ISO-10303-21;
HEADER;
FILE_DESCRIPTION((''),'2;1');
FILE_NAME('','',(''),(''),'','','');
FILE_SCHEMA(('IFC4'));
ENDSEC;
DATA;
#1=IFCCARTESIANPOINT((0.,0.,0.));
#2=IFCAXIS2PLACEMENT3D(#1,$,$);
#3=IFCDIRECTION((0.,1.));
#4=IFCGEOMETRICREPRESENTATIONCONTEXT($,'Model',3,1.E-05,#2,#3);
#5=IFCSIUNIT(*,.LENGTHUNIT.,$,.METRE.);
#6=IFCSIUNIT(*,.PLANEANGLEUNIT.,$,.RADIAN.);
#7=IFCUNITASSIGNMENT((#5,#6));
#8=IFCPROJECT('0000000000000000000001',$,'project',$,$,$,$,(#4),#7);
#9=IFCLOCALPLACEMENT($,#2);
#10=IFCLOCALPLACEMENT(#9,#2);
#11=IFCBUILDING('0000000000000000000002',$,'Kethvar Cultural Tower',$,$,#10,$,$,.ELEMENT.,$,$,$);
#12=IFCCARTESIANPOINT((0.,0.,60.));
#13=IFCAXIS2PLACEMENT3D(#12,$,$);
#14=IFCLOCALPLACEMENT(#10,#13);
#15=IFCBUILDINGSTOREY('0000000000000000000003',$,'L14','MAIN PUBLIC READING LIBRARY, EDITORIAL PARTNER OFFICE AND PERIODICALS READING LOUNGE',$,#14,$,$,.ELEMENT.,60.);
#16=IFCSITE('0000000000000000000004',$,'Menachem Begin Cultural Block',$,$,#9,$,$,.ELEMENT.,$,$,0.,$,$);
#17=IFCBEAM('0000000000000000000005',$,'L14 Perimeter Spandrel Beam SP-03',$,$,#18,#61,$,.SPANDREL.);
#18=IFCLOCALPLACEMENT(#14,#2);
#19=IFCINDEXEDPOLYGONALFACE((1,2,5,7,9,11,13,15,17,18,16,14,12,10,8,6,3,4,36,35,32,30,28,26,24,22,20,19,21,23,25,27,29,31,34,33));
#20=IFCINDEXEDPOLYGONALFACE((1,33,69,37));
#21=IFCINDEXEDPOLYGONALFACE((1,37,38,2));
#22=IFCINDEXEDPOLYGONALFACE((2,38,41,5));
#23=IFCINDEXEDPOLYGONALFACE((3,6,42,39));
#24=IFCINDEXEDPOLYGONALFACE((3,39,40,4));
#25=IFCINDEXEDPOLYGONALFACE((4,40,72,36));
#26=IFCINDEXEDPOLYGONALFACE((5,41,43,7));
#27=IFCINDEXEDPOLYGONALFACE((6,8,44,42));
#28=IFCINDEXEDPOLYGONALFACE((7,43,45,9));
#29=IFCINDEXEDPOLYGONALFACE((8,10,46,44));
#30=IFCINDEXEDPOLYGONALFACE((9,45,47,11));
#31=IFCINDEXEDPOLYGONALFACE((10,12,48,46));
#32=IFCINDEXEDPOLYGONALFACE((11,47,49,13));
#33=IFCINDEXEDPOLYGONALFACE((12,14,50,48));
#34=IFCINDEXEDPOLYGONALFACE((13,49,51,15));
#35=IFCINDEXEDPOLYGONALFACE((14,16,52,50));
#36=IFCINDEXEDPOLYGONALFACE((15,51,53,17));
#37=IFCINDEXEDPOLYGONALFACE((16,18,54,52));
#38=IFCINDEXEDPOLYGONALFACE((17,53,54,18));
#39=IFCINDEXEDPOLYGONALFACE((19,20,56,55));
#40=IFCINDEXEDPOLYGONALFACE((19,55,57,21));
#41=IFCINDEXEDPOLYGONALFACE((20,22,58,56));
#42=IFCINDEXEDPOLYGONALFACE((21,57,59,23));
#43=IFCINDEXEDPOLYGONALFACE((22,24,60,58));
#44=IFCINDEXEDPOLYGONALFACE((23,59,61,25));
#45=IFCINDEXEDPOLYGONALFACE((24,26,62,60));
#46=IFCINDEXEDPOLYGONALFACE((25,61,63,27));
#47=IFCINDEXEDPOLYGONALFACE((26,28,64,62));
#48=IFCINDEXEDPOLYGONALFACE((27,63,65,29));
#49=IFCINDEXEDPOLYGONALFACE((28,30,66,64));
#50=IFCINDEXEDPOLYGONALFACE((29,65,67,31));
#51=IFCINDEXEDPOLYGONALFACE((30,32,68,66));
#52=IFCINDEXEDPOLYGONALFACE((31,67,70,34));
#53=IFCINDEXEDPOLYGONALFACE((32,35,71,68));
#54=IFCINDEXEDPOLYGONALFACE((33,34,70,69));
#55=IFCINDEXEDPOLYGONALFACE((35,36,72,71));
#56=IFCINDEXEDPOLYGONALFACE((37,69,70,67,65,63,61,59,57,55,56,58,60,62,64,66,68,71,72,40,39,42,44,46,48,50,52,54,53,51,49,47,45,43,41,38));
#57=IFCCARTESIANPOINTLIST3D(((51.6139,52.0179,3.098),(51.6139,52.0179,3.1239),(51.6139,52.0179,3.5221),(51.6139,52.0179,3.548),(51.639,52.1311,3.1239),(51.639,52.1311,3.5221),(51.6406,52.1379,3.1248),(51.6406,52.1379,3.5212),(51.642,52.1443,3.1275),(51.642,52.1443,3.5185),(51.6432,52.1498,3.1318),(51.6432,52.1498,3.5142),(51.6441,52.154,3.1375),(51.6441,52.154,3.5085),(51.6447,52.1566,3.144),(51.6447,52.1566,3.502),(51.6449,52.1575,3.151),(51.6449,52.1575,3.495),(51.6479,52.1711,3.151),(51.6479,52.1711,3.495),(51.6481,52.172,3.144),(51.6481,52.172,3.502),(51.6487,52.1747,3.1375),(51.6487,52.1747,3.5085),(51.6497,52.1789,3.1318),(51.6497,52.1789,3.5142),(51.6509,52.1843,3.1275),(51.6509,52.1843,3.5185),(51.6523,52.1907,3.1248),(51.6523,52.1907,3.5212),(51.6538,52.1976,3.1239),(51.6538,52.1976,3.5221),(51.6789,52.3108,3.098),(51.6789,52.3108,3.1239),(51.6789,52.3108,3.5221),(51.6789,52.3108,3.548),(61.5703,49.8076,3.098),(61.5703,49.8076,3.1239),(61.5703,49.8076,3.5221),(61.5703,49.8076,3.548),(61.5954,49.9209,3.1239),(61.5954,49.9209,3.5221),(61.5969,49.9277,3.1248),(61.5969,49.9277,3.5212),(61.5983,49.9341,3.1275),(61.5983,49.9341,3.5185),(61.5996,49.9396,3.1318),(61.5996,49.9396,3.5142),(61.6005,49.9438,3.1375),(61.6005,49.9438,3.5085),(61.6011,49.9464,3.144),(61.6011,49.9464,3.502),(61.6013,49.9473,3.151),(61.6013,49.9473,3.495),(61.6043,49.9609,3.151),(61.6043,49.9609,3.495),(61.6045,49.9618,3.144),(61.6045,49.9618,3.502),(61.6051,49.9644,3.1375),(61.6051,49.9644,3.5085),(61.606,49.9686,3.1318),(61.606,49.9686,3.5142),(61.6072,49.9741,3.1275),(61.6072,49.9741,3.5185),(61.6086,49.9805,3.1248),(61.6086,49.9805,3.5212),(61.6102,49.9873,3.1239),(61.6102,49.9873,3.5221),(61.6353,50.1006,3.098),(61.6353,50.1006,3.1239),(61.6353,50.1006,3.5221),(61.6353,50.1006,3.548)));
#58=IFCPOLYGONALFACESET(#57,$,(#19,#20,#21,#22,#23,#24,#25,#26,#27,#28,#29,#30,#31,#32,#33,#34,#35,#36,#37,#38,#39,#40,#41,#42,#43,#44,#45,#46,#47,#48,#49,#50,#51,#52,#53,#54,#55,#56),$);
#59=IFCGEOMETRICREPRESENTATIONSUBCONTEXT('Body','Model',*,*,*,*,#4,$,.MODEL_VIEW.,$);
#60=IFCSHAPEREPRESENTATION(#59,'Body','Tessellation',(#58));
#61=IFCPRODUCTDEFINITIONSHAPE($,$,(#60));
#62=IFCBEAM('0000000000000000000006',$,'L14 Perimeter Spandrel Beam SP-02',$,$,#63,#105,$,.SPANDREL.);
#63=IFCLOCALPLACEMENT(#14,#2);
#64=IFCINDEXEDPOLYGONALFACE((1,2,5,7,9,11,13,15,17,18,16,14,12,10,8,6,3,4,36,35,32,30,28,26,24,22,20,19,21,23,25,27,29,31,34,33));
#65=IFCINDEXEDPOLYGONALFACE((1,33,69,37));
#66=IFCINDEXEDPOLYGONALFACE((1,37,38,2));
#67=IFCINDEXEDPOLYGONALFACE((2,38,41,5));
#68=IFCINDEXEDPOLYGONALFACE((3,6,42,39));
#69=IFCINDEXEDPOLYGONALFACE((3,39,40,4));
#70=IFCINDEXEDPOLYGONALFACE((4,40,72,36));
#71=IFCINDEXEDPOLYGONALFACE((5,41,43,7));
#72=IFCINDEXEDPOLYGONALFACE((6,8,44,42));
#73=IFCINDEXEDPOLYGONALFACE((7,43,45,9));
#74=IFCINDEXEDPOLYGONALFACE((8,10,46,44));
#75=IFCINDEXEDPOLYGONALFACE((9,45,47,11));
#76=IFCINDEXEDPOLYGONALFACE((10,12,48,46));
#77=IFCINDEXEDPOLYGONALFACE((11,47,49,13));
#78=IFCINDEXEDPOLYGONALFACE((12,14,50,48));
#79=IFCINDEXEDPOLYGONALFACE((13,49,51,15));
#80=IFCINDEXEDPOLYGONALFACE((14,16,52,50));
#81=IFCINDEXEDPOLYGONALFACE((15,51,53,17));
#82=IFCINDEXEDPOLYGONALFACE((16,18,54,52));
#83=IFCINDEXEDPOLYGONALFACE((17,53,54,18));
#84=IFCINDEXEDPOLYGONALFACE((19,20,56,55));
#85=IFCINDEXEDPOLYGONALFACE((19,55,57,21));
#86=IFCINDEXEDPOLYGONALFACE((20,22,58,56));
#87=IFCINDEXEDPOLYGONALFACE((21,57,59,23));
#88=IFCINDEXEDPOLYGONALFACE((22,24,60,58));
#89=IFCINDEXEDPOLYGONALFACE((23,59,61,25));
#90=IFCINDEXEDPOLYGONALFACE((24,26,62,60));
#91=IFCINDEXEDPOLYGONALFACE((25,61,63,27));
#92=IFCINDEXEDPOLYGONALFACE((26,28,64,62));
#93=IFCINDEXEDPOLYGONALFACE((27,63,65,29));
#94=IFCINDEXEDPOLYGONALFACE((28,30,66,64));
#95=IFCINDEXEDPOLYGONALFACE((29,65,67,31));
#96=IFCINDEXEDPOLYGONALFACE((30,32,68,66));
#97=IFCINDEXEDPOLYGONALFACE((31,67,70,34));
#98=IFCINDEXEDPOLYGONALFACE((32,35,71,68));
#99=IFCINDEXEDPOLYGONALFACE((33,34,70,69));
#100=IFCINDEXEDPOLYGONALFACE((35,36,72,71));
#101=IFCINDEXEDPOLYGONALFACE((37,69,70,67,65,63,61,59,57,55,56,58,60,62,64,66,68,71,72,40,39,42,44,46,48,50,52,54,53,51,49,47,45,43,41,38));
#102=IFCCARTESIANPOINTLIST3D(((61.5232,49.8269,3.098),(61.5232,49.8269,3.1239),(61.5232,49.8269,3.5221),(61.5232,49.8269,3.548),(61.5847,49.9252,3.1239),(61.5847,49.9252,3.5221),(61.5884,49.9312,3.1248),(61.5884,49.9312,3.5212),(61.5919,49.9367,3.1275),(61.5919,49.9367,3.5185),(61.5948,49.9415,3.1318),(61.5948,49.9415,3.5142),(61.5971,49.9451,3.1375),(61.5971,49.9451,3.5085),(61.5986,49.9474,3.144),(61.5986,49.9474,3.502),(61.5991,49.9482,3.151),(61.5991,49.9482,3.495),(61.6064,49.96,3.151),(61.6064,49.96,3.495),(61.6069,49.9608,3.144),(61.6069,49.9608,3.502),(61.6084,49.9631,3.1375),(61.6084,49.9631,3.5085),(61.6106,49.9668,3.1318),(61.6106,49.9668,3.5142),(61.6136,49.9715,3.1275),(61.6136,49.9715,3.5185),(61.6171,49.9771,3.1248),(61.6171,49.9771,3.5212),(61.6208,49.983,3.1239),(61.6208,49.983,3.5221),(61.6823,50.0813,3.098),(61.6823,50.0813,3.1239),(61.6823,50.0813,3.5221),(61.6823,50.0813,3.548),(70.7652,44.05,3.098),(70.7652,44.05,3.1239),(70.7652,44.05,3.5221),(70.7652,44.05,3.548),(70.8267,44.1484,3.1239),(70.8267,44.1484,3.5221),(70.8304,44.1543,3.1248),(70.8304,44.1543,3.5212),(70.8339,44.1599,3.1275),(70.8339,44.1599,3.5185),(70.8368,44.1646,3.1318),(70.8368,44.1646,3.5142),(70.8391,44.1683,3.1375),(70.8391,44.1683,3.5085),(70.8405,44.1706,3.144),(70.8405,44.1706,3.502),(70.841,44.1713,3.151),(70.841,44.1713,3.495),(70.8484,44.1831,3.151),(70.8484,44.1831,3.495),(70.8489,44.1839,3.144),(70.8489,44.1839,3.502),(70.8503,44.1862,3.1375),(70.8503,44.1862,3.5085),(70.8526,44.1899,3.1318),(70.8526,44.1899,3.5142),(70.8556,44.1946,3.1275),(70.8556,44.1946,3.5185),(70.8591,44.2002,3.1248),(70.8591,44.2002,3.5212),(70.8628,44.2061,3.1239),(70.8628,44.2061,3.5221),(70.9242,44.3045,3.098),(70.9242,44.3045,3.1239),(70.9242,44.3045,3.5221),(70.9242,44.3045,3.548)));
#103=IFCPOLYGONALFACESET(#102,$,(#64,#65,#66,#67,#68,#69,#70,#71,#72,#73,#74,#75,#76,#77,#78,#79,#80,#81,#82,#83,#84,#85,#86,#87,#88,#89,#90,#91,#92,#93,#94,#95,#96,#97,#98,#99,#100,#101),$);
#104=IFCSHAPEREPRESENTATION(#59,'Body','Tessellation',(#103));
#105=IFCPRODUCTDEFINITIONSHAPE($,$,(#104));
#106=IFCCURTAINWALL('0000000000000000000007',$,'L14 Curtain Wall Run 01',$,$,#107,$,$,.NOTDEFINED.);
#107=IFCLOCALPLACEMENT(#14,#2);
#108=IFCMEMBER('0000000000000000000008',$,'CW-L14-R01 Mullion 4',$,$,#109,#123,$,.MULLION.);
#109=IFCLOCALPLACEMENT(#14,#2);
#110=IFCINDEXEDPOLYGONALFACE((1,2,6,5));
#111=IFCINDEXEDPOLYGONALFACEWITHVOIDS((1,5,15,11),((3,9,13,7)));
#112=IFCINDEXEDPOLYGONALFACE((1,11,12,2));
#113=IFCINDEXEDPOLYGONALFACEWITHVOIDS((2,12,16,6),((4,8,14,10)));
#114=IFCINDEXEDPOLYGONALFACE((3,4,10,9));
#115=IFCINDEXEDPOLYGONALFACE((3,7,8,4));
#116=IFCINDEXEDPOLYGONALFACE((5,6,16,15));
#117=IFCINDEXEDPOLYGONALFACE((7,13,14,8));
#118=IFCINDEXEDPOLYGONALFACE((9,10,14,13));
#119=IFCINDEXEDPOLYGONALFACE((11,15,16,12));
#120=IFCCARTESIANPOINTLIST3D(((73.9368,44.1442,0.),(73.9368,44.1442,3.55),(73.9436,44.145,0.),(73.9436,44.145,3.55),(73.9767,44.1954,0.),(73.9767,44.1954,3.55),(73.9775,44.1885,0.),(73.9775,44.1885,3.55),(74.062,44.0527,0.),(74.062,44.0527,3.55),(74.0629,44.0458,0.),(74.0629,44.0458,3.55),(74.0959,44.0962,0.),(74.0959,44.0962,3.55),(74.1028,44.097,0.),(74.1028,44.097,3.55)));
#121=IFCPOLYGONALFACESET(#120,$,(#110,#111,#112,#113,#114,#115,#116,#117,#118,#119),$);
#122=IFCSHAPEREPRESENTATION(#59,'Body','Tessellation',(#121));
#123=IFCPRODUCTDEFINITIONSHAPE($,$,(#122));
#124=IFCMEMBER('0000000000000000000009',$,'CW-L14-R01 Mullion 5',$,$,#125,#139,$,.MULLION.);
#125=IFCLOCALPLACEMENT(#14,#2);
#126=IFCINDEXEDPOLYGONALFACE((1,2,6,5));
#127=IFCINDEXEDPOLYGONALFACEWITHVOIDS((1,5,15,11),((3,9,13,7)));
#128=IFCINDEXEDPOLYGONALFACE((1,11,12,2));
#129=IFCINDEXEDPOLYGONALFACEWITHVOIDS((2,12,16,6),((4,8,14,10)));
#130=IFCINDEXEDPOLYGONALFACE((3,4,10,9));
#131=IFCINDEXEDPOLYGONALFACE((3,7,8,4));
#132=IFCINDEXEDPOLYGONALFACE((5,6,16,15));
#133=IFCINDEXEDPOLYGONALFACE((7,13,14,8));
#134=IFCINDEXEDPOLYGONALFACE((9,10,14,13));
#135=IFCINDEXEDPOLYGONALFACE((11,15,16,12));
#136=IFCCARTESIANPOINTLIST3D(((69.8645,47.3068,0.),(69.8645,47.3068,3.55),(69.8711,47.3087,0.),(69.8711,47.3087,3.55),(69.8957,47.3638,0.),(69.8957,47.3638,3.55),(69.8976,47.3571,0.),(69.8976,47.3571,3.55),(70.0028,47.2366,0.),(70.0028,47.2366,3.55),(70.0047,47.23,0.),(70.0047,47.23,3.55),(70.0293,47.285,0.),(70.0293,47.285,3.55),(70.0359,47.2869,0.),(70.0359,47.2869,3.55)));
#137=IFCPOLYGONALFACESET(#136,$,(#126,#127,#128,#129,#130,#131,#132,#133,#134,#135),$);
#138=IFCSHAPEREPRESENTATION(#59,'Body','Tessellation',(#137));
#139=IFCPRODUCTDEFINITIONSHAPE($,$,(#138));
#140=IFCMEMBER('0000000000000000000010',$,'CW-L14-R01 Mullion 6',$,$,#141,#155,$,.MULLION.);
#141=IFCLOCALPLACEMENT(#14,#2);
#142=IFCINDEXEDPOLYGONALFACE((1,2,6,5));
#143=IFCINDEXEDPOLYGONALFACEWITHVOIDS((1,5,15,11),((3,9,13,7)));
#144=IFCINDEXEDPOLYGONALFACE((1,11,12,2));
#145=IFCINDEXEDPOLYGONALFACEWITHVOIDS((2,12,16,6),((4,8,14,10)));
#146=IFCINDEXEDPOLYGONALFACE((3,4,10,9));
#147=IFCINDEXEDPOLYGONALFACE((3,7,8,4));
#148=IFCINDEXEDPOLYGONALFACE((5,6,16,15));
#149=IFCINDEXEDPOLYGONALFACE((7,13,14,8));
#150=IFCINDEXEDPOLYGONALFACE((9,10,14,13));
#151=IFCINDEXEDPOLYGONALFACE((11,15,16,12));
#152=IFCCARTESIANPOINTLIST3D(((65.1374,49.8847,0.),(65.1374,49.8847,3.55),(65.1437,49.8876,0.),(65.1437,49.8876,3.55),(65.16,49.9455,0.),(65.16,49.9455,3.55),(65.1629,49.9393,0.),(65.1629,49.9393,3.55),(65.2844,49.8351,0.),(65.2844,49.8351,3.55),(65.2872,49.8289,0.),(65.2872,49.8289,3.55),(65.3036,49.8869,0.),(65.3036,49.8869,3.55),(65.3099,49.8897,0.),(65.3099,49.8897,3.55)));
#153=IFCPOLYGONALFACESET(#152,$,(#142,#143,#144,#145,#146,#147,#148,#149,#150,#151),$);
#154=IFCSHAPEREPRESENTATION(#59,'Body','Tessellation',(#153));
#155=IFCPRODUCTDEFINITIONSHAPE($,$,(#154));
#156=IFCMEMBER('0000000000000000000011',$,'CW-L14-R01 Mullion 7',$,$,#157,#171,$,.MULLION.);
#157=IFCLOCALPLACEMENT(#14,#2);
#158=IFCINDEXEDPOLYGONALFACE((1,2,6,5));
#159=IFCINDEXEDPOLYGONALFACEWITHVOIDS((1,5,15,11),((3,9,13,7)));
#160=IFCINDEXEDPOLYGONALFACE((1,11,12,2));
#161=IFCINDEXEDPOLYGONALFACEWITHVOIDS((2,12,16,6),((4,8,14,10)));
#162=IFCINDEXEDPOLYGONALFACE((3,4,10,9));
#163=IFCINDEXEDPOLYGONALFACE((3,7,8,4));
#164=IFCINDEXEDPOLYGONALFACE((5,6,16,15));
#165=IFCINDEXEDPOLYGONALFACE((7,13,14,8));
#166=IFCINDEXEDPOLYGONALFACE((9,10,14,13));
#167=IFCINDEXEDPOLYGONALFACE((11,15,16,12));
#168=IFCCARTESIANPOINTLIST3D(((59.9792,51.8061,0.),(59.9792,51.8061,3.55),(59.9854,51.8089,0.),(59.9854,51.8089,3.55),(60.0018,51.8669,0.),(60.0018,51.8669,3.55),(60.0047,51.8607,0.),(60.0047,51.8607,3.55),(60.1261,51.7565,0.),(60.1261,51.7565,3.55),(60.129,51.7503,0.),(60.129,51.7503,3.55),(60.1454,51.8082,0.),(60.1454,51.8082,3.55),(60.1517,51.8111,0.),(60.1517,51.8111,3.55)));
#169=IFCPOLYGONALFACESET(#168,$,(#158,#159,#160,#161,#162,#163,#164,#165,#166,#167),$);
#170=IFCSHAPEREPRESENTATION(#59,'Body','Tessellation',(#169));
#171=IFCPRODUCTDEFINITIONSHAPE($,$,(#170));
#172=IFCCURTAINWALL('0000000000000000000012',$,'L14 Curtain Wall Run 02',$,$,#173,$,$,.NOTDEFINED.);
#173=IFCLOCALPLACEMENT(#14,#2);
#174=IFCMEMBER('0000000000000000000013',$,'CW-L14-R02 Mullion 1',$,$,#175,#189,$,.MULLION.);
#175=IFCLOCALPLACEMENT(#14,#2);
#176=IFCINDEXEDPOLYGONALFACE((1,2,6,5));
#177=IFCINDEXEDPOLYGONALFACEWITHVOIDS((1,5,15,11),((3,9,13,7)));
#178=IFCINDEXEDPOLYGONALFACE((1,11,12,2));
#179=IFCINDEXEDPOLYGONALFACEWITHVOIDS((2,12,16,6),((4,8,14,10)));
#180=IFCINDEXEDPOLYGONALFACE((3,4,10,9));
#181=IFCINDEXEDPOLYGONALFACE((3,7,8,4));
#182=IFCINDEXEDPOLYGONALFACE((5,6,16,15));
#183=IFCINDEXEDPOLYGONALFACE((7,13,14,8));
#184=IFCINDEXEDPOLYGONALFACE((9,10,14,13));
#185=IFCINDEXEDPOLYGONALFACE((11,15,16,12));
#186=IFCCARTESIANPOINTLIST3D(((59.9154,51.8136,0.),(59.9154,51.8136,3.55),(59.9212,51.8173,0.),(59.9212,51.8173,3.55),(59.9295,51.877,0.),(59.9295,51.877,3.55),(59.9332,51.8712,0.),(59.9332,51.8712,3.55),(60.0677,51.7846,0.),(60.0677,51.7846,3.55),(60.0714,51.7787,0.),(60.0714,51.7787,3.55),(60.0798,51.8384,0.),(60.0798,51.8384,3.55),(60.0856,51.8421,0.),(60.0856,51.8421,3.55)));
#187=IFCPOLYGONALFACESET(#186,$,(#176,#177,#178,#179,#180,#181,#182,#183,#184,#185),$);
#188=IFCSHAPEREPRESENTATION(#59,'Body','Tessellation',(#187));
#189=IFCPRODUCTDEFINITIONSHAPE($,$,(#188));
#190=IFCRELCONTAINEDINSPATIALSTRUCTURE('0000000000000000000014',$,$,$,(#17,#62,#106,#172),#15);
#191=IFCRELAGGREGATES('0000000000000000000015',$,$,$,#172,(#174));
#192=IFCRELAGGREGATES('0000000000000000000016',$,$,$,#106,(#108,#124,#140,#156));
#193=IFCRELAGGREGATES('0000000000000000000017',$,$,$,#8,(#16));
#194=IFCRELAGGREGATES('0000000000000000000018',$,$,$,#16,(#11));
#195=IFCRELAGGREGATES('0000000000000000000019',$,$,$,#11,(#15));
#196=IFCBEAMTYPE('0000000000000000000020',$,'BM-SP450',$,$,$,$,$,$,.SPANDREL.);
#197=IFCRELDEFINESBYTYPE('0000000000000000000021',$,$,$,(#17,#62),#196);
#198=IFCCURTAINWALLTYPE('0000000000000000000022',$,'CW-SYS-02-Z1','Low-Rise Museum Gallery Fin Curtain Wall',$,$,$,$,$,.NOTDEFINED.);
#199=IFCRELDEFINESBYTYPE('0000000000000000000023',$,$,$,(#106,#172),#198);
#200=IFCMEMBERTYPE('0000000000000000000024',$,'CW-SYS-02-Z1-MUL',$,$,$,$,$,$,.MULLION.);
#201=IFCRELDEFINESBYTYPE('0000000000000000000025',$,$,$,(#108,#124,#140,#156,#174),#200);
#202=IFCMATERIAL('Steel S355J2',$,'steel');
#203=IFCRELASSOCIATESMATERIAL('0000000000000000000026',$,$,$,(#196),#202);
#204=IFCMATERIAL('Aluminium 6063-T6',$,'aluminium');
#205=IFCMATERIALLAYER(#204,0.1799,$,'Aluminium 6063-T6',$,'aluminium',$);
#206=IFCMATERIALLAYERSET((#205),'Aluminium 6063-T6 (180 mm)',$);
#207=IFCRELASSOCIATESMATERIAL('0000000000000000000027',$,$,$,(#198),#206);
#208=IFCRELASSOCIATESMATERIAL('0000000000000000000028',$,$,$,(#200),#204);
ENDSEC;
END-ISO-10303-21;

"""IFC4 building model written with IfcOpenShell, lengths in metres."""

from ifc_helpers import new_model, si_unit, direction, frame, origin, origin_2d, place, context, subcontext, project, spatial, hollow_rectangle, i_section, extrude, source, transform, mapped, material, layer, layer_set, material_profile, profile_set, type_object, element, aggregate, save


model = new_model("IFC4")

# Units and contexts
model_context = context("Model", 3, precision=1e-05, world=origin(), true_north=direction((0.0, 1.0)))
body_context = subcontext(model_context, "Body", "Model", "MODEL_VIEW")
ifc_project = project(units=[si_unit("LENGTHUNIT", "METRE"), si_unit("PLANEANGLEUNIT", "RADIAN")], contexts=[model_context])

# Site, building, storey
site_placement = place(None, origin())
site = spatial("IfcSite", under=ifc_project, at=site_placement, Name="Menachem Begin Cultural Block", CompositionType="ELEMENT", RefElevation=0.0)
building_placement = place(site_placement, origin())
building = spatial("IfcBuilding", under=site, at=building_placement, Name="Kethvar Cultural Tower", CompositionType="ELEMENT")
storey_placement = place(building_placement, frame((0.0, 0.0, 60.0)))
storey = spatial("IfcBuildingStorey", under=building, at=storey_placement, Name="L14", Description="MAIN PUBLIC READING LIBRARY, EDITORIAL PARTNER OFFICE AND PERIODICALS READING LOUNGE", CompositionType="ELEMENT", Elevation=60.0)

# Beams
ifc_material_1 = material(Name="Steel S355J2", Category="steel")
ifc_material_profile_1 = material_profile(ifc_material_1, i_section(OverallWidth=0.3, OverallDepth=0.45, WebThickness=0.0139, FlangeThickness=0.0259, FilletRadius=0.0271, at=origin_2d()), Name="Steel S355J2 — HEB450")
ifc_profile_set_1 = profile_set([ifc_material_profile_1], Name="Steel S355J2 — HEB450")
beam_type_1 = type_object("IfcBeamType", Name="BM-SP450", PredefinedType="SPANDREL", material=ifc_profile_set_1)
shared_shape_1 = source(origin(), body_context, "Body", "SweptSolid", [
    extrude(i_section(OverallWidth=0.3, OverallDepth=0.45, WebThickness=0.0139, FlangeThickness=0.0259, FilletRadius=0.0271, at=origin_2d()), origin(), (0.0, 0.0, 1.0), 10.1987),
])
beam_1_placement = place(storey_placement, frame((61.6028, 49.9541, 3.323), z_axis=(-0.976235, 0.216715, 0.0), x_axis=(-0.216715, -0.976235, 0.0)))
element("IfcBeam", 1, at=beam_1_placement, inside=storey, type_object=beam_type_1, Name="L14 Perimeter Spandrel Beam SP-03", PredefinedType="SPANDREL", context=body_context, shape_type="MappedRepresentation", body=[
    mapped(shared_shape_1, transform((0.0, 0.0, 0.0), scale=1.0)),
])
shared_shape_2 = source(origin(), body_context, "Body", "SweptSolid", [
    extrude(i_section(OverallWidth=0.3, OverallDepth=0.45, WebThickness=0.0139, FlangeThickness=0.0259, FilletRadius=0.0271, at=origin_2d()), origin(), (0.0, 0.0, 1.0), 10.8989),
])
beam_2_placement = place(storey_placement, frame((70.8447, 44.1772, 3.323), z_axis=(-0.847972, 0.530041, 0.0), x_axis=(-0.530041, -0.847972, 0.0)))
element("IfcBeam", 2, at=beam_2_placement, inside=storey, type_object=beam_type_1, Name="L14 Perimeter Spandrel Beam SP-02", PredefinedType="SPANDREL", context=body_context, shape_type="MappedRepresentation", body=[
    mapped(shared_shape_2, transform((0.0, 0.0, 0.0), scale=1.0)),
])

# Curtain wall, members
ifc_material_2 = material(Name="Aluminium 6063-T6", Category="aluminium")
ifc_layer_1 = layer(ifc_material_2, 0.1799, Name="Aluminium 6063-T6", Category="aluminium")
ifc_layer_set_1 = layer_set([ifc_layer_1], Name="Aluminium 6063-T6 (180 mm)")
curtain_wall_type = type_object("IfcCurtainWallType", Name="CW-SYS-02-Z1", Description="Low-Rise Museum Gallery Fin Curtain Wall", PredefinedType="NOTDEFINED", material=ifc_layer_set_1)
curtain_wall_1_placement = place(storey_placement, origin())
curtain_wall_1 = element("IfcCurtainWall", 3, at=curtain_wall_1_placement, inside=storey, type_object=curtain_wall_type, Name="L14 Curtain Wall Run 01", PredefinedType="NOTDEFINED")
ifc_material_profile_2 = material_profile(ifc_material_2, hollow_rectangle(XDim=0.0649, YDim=0.1599, WallThickness=0.0049, at=origin_2d()), Name="Aluminium 6063-T6 — RHS160x65x5")
ifc_profile_set_2 = profile_set([ifc_material_profile_2], Name="Aluminium 6063-T6 — RHS160x65x5")
member_type_1 = type_object("IfcMemberType", Name="CW-SYS-02-Z1-MUL", PredefinedType="MULLION", material=ifc_profile_set_2)
shared_shape_3 = source(origin(), body_context, "Body", "SweptSolid", [
    extrude(hollow_rectangle(XDim=0.0649, YDim=0.1599, WallThickness=0.0049, at=origin_2d()), origin(), (0.0, 0.0, 1.0), 3.55),
])
member_1_placement = place(storey_placement, frame((74.0198, 44.1206, 0.0), z_axis=(0.0, 0.0, 1.0), x_axis=(-0.615029, -0.788505, 0.0)))
member_1 = element("IfcMember", 4, at=member_1_placement, type_object=member_type_1, Name="CW-L14-R01 Mullion 4", PredefinedType="MULLION", context=body_context, shape_type="MappedRepresentation", body=[
    mapped(shared_shape_3, transform((0.0, 0.0, 0.0), scale=1.0)),
])
member_2_placement = place(storey_placement, frame((69.9502, 47.2969, 0.0), z_axis=(0.0, 0.0, 1.0), x_axis=(-0.480407, -0.877046, 0.0)))
member_2 = element("IfcMember", 5, at=member_2_placement, type_object=member_type_1, Name="CW-L14-R01 Mullion 5", PredefinedType="MULLION", context=body_context, shape_type="MappedRepresentation", body=[
    mapped(shared_shape_3, transform((0.0, 0.0, 0.0), scale=1.0)),
])
member_3_placement = place(storey_placement, frame((65.2236, 49.8872, 0.0), z_axis=(0.0, 0.0, 1.0), x_axis=(-0.349095, -0.937087, 0.0)))
member_3 = element("IfcMember", 6, at=member_3_placement, type_object=member_type_1, Name="CW-L14-R01 Mullion 6", PredefinedType="MULLION", context=body_context, shape_type="MappedRepresentation", body=[
    mapped(shared_shape_3, transform((0.0, 0.0, 0.0), scale=1.0)),
])
member_4_placement = place(storey_placement, frame((60.0654, 51.8086, 0.0), z_axis=(0.0, 0.0, 1.0), x_axis=(-0.349095, -0.937087, 0.0)))
member_4 = element("IfcMember", 7, at=member_4_placement, type_object=member_type_1, Name="CW-L14-R01 Mullion 7", PredefinedType="MULLION", context=body_context, shape_type="MappedRepresentation", body=[
    mapped(shared_shape_3, transform((0.0, 0.0, 0.0), scale=1.0)),
])

# Curtain wall, member
curtain_wall_2_placement = place(storey_placement, origin())
curtain_wall_2 = element("IfcCurtainWall", 8, at=curtain_wall_2_placement, inside=storey, type_object=curtain_wall_type, Name="L14 Curtain Wall Run 02", PredefinedType="NOTDEFINED")
member_5_placement = place(storey_placement, frame((60.0005, 51.8279, 0.0), z_axis=(0.0, 0.0, 1.0), x_axis=(-0.218314, -0.975879, 0.0)))
member_5 = element("IfcMember", 9, at=member_5_placement, type_object=member_type_1, Name="CW-L14-R02 Mullion 1", PredefinedType="MULLION", context=body_context, shape_type="MappedRepresentation", body=[
    mapped(shared_shape_3, transform((0.0, 0.0, 0.0), scale=1.0)),
])

aggregate(curtain_wall_2, [member_5])

aggregate(curtain_wall_1, [member_1, member_2, member_3, member_4])

save(model, "model.ifc")
